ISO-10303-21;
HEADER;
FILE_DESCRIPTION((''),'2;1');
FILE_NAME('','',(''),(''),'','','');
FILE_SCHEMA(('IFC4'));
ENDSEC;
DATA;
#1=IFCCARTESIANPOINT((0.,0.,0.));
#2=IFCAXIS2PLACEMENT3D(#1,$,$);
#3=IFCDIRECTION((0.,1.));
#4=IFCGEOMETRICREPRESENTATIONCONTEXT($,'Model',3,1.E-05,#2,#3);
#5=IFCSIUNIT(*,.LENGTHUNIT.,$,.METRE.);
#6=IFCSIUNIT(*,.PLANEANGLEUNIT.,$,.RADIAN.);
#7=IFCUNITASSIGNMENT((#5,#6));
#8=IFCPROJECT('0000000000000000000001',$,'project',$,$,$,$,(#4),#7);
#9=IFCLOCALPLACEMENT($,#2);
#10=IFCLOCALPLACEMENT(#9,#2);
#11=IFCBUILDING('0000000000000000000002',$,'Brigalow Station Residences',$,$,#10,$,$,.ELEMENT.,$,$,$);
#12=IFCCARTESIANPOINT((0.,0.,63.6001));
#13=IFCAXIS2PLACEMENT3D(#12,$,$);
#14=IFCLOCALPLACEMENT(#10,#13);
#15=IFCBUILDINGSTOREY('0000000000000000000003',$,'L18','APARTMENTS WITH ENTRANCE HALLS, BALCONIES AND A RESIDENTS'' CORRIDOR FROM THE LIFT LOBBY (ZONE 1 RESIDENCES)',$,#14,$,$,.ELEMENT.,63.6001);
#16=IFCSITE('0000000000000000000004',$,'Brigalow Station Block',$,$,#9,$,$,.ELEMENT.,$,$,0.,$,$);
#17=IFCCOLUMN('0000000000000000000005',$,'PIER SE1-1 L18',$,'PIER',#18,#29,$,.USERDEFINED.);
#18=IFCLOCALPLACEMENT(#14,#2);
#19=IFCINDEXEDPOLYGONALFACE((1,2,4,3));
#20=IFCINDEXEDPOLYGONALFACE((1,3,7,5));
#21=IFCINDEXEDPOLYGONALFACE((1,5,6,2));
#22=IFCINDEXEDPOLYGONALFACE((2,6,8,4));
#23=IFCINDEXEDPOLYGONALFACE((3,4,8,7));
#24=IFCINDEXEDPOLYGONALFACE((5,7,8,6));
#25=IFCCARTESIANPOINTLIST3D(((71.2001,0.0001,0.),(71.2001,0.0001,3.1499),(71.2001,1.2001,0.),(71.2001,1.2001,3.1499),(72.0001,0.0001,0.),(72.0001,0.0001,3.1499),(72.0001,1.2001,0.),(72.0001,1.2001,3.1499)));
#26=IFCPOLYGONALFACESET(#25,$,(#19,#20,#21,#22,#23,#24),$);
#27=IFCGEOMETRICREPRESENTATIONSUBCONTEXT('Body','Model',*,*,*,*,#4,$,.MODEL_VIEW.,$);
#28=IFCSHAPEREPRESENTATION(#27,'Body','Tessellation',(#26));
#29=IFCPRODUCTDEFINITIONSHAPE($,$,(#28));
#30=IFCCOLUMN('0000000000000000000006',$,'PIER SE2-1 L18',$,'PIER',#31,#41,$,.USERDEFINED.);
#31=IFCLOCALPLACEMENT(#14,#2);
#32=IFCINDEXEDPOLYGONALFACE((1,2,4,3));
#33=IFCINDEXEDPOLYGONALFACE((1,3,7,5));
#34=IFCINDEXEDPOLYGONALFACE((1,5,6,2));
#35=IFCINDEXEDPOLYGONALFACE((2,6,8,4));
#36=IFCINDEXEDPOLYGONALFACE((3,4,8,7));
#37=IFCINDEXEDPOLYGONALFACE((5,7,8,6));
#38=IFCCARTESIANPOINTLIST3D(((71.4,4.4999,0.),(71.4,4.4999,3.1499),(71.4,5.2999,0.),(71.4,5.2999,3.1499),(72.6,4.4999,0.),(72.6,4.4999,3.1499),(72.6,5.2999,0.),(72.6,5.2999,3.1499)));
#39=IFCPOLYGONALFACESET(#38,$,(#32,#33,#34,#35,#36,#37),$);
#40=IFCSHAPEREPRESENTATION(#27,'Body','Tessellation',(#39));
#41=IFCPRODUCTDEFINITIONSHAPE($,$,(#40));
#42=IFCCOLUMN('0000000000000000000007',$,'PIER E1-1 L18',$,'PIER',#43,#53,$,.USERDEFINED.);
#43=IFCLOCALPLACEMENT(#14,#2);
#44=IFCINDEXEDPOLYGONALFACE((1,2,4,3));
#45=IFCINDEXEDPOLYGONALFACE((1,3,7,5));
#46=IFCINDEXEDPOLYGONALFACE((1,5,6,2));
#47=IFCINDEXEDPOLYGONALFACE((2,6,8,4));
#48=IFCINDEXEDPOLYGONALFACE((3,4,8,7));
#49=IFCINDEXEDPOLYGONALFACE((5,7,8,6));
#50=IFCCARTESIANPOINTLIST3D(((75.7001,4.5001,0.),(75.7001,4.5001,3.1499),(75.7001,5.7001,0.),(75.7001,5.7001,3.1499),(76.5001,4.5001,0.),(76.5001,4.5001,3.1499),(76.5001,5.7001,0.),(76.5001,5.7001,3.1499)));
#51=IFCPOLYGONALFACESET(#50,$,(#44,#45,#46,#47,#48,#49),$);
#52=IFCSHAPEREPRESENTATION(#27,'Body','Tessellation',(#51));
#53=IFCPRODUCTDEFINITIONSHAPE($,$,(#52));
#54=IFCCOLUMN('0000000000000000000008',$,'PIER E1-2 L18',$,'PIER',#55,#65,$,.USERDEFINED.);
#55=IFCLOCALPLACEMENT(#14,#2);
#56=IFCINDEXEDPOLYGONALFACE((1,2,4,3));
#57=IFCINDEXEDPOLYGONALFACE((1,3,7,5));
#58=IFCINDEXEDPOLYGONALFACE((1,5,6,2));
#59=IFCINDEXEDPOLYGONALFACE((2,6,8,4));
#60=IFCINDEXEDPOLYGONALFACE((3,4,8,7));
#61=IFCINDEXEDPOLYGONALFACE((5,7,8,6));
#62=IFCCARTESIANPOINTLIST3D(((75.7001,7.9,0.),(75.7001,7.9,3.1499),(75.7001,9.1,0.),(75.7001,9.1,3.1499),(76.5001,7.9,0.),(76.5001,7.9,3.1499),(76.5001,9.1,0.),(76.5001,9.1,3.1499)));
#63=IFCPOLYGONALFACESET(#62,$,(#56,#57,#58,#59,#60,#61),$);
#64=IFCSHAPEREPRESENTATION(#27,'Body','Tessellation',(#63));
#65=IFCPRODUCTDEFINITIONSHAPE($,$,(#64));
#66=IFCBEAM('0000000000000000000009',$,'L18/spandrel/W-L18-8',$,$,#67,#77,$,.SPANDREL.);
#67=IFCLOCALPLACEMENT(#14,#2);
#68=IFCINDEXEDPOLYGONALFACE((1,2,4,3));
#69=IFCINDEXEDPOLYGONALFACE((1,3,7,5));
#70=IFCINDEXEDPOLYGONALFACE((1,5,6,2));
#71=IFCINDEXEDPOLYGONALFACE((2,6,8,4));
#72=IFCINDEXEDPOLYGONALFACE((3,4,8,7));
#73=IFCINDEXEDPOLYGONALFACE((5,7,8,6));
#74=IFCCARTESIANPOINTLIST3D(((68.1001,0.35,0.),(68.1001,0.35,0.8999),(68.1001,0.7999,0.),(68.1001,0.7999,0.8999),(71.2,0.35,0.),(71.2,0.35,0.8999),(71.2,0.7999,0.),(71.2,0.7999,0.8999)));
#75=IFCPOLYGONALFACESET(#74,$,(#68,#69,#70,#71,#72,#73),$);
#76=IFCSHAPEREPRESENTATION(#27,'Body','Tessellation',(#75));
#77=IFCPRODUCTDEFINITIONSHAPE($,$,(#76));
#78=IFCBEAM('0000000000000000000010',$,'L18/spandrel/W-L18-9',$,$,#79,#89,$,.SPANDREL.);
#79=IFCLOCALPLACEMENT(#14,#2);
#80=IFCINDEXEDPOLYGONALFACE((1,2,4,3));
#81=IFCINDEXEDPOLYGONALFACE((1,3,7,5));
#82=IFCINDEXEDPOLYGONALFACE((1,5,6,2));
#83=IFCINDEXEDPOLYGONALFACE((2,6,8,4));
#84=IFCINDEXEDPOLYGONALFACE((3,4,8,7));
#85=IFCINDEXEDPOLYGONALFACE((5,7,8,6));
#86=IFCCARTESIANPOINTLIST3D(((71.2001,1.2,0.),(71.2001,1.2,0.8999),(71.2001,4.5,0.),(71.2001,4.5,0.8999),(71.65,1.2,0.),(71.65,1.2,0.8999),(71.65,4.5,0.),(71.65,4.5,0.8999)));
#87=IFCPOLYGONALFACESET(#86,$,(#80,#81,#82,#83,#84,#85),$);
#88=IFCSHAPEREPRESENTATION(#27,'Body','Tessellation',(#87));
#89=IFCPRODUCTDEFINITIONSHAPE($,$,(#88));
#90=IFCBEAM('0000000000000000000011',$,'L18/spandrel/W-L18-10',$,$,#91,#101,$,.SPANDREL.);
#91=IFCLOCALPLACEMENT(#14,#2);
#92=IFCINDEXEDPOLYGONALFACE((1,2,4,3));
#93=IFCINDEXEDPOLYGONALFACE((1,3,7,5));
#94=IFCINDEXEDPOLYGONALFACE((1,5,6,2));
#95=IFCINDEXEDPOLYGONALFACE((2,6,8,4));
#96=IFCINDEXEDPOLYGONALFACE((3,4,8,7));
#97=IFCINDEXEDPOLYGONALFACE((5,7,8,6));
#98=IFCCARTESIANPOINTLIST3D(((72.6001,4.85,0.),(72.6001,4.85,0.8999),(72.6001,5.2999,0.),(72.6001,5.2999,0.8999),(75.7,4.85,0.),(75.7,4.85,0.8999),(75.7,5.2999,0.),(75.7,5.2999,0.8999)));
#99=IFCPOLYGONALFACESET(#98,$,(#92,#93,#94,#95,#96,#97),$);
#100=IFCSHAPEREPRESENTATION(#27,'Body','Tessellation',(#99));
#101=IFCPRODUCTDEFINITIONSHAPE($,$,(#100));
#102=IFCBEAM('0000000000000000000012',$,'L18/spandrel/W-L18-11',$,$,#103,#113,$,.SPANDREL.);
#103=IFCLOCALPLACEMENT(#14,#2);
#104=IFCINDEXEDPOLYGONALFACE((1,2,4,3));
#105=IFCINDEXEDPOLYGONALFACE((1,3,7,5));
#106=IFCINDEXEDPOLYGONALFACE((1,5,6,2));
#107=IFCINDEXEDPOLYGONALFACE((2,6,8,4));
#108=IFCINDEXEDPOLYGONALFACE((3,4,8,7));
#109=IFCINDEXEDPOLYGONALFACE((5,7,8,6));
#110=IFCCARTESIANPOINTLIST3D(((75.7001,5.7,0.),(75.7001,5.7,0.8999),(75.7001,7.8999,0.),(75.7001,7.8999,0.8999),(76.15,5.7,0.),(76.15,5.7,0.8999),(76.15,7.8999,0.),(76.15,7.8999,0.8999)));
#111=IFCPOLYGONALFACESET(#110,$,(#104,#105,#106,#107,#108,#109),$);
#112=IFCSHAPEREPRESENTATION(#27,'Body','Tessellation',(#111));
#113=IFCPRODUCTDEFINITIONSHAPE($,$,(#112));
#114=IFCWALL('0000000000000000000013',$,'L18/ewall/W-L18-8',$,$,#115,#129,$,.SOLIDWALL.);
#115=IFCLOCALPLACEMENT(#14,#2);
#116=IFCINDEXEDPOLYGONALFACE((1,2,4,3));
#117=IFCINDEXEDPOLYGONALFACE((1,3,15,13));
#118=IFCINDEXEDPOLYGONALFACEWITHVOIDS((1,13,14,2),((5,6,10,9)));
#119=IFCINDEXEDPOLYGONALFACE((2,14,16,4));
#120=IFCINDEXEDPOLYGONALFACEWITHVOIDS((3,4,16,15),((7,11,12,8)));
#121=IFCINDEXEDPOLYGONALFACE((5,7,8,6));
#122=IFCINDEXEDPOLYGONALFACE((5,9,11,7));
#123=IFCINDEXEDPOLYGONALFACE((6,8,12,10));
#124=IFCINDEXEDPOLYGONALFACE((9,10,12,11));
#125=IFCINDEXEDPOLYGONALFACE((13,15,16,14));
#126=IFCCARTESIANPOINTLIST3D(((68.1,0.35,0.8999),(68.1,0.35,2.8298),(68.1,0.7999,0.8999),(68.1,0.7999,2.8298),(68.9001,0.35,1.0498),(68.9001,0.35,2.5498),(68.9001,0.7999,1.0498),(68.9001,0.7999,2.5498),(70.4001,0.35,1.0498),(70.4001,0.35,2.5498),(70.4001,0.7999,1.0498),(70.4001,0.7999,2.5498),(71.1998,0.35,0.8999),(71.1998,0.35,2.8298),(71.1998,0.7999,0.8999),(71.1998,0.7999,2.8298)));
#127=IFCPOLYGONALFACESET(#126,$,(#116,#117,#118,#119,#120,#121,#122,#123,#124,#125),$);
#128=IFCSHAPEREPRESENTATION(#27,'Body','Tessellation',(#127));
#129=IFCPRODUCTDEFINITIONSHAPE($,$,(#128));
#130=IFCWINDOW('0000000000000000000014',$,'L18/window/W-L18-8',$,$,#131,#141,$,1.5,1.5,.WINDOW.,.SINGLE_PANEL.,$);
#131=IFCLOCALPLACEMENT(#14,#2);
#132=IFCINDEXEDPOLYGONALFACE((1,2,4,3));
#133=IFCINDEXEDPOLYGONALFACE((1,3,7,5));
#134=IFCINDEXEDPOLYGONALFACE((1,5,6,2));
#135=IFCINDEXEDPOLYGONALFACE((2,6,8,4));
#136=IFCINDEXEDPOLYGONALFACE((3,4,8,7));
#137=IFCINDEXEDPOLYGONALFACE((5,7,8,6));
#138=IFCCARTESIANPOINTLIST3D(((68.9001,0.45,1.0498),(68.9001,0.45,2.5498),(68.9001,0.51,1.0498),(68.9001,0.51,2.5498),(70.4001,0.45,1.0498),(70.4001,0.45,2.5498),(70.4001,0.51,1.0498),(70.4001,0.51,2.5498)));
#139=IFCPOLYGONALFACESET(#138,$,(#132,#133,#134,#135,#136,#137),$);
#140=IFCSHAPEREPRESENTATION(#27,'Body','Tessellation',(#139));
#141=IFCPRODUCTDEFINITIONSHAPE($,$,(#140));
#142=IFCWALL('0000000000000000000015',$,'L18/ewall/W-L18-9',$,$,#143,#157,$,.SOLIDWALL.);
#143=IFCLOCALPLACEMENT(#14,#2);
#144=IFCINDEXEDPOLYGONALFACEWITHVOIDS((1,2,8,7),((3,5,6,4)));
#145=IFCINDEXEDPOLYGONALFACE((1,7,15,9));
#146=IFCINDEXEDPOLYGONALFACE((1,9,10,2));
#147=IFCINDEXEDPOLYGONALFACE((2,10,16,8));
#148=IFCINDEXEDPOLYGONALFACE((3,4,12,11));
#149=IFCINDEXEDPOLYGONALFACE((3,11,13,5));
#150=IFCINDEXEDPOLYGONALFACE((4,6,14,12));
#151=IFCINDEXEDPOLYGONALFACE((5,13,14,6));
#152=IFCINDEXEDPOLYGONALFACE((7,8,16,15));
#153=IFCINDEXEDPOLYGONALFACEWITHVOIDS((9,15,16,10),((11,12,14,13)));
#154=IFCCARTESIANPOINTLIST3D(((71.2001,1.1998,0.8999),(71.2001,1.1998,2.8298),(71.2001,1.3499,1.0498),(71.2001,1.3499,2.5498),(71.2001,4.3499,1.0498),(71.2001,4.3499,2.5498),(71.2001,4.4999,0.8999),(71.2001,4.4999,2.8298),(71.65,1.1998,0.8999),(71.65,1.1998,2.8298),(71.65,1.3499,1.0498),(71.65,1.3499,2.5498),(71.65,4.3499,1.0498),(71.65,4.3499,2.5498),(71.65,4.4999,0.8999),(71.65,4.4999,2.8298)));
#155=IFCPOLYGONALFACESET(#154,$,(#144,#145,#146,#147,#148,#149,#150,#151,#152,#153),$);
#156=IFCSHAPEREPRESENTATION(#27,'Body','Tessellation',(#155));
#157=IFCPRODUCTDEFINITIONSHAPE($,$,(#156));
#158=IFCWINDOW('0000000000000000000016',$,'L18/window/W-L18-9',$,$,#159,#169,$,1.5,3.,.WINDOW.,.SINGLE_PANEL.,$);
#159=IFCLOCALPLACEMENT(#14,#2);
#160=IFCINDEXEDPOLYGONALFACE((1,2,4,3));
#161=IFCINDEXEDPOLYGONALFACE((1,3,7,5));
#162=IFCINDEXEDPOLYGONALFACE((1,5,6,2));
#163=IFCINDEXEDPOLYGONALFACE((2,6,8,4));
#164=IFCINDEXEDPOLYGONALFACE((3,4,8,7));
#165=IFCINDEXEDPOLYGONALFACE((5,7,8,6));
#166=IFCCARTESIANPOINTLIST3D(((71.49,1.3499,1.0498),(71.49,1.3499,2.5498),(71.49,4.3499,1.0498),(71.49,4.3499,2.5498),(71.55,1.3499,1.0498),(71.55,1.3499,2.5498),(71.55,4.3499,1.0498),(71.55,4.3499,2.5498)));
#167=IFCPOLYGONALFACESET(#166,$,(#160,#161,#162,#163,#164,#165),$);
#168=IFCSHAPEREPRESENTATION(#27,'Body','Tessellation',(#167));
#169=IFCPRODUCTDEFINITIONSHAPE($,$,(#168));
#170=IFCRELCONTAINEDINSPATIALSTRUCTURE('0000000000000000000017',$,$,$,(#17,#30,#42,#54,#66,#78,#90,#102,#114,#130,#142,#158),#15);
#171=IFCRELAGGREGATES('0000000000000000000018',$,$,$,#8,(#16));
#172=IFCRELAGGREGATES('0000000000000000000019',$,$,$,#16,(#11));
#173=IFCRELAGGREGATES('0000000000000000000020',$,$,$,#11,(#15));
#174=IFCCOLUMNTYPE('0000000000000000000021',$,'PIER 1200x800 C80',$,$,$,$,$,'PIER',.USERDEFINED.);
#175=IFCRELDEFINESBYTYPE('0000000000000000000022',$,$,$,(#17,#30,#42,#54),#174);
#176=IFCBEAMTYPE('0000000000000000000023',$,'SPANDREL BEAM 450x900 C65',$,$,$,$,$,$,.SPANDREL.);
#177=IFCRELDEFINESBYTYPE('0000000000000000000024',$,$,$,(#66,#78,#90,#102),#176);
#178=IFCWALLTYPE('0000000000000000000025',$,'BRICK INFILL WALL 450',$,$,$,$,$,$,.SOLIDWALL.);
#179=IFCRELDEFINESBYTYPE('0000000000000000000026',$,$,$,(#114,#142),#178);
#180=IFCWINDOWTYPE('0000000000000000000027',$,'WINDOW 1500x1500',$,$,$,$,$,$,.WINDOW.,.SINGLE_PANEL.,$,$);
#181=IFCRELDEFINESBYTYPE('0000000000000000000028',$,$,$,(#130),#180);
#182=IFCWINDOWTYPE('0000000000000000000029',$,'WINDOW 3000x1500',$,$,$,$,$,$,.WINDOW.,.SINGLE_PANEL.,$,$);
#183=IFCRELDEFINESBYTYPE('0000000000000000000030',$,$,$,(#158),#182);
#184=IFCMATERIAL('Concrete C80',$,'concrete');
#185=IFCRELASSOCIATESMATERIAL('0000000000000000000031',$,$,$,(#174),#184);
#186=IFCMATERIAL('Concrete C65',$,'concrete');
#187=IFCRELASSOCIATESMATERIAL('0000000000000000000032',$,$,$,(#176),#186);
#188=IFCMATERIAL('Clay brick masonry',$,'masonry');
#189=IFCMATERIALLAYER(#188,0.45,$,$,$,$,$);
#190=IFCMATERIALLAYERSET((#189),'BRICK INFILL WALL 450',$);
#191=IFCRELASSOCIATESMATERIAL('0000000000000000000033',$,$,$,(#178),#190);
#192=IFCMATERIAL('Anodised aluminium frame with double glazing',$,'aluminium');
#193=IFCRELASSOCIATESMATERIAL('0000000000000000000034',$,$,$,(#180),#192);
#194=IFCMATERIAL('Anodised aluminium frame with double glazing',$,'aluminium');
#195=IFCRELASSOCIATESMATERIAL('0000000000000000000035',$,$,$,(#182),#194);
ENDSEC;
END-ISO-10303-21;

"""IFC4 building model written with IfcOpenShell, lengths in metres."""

from ifc_helpers import new_model, si_unit, direction, frame, frame_2d, origin, origin_2d, place, context, subcontext, project, spatial, rectangle, extrude, material, layer, layer_set, material_profile, profile_set, type_object, element, fill, save


model = new_model("IFC4")

# Units and contexts
model_context = context("Model", 3, precision=1e-05, world=origin(), true_north=direction((0.0, 1.0)))
body_context = subcontext(model_context, "Body", "Model", "MODEL_VIEW")
ifc_project = project(units=[si_unit("LENGTHUNIT", "METRE"), si_unit("PLANEANGLEUNIT", "RADIAN")], contexts=[model_context])

# Site, building, storey
site_placement = place(None, origin())
site = spatial("IfcSite", under=ifc_project, at=site_placement, Name="Brigalow Station Block", CompositionType="ELEMENT", RefElevation=0.0)
building_placement = place(site_placement, origin())
building = spatial("IfcBuilding", under=site, at=building_placement, Name="Brigalow Station Residences", CompositionType="ELEMENT")
storey_placement = place(building_placement, frame((0.0, 0.0, 63.6001)))
storey = spatial("IfcBuildingStorey", under=building, at=storey_placement, Name="L18", Description="APARTMENTS WITH ENTRANCE HALLS, BALCONIES AND A RESIDENTS' CORRIDOR FROM THE LIFT LOBBY (ZONE 1 RESIDENCES)", CompositionType="ELEMENT", Elevation=63.6001)

# Columns
ifc_material_1 = material(Name="Concrete C80", Category="concrete")
ifc_material_profile_1 = material_profile(ifc_material_1, rectangle(XDim=1.2, YDim=0.8, at=origin_2d()), Name="RC1200x800")
ifc_profile_set_1 = profile_set([ifc_material_profile_1], Name="Concrete C80")
column_type = type_object("IfcColumnType", Name="PIER 1200x800 C80", ElementType="PIER", PredefinedType="USERDEFINED", material=ifc_profile_set_1)
for number, where, z_axis, x_axis, name in (
    (1, (71.6001, 0.6001, 0.0), (0.0, 0.0, 1.0), (0.0, 1.0, 0.0), "PIER SE1-1 L18"),
    (2, (72.0, 4.8999, 0.0), (0.0, 0.0, 1.0), (1.0, 0.0, 0.0), "PIER SE2-1 L18"),
    (3, (76.1001, 5.1001, 0.0), (0.0, 0.0, 1.0), (0.0, 1.0, 0.0), "PIER E1-1 L18"),
    (4, (76.1001, 8.5, 0.0), (0.0, 0.0, 1.0), (0.0, 1.0, 0.0), "PIER E1-2 L18"),
):
    element("IfcColumn", number, at=place(storey_placement, frame(where, z_axis=z_axis, x_axis=x_axis)), inside=storey, type_object=column_type, Name=name, ObjectType="PIER", PredefinedType="USERDEFINED", context=body_context, shape_type="SweptSolid", body=[
        extrude(rectangle(XDim=1.2, YDim=0.8, at=origin_2d()), origin(), (0.0, 0.0, 1.0), 3.1499),
    ])

# Beams
ifc_material_2 = material(Name="Concrete C65", Category="concrete")
ifc_material_profile_2 = material_profile(ifc_material_2, rectangle(XDim=0.45, YDim=0.8999, at=origin_2d()), Name="RC450x900")
ifc_profile_set_2 = profile_set([ifc_material_profile_2], Name="Concrete C65")
beam_type = type_object("IfcBeamType", Name="SPANDREL BEAM 450x900 C65", PredefinedType="SPANDREL", material=ifc_profile_set_2)
beam_1_placement = place(storey_placement, frame((68.1001, 0.575, 0.45), z_axis=(1.0, 0.0, 0.0), x_axis=(0.0, 1.0, 0.0)))
element("IfcBeam", 5, at=beam_1_placement, inside=storey, type_object=beam_type, Name="L18/spandrel/W-L18-8", PredefinedType="SPANDREL", context=body_context, shape_type="SweptSolid", body=[
    extrude(rectangle(XDim=0.45, YDim=0.8999, at=origin_2d()), origin(), (0.0, 0.0, 1.0), 3.0999),
])
beam_2_placement = place(storey_placement, frame((71.425, 1.2, 0.45), z_axis=(0.0, 1.0, 0.0), x_axis=(-1.0, 0.0, 0.0)))
element("IfcBeam", 6, at=beam_2_placement, inside=storey, type_object=beam_type, Name="L18/spandrel/W-L18-9", PredefinedType="SPANDREL", context=body_context, shape_type="SweptSolid", body=[
    extrude(rectangle(XDim=0.45, YDim=0.8999, at=origin_2d()), origin(), (0.0, 0.0, 1.0), 3.3),
])
beam_3_placement = place(storey_placement, frame((72.6001, 5.075, 0.45), z_axis=(1.0, 0.0, 0.0), x_axis=(0.0, 1.0, 0.0)))
element("IfcBeam", 7, at=beam_3_placement, inside=storey, type_object=beam_type, Name="L18/spandrel/W-L18-10", PredefinedType="SPANDREL", context=body_context, shape_type="SweptSolid", body=[
    extrude(rectangle(XDim=0.45, YDim=0.8999, at=origin_2d()), origin(), (0.0, 0.0, 1.0), 3.0999),
])
beam_4_placement = place(storey_placement, frame((75.925, 5.7, 0.45), z_axis=(0.0, 1.0, 0.0), x_axis=(-1.0, 0.0, 0.0)))
element("IfcBeam", 8, at=beam_4_placement, inside=storey, type_object=beam_type, Name="L18/spandrel/W-L18-11", PredefinedType="SPANDREL", context=body_context, shape_type="SweptSolid", body=[
    extrude(rectangle(XDim=0.45, YDim=0.8999, at=origin_2d()), origin(), (0.0, 0.0, 1.0), 2.2),
])

# Walls, openings, windows
ifc_material_3 = material(Name="Clay brick masonry", Category="masonry")
ifc_layer_1 = layer(ifc_material_3, 0.45)
ifc_layer_set_1 = layer_set([ifc_layer_1], Name="BRICK INFILL WALL 450")
wall_type_1 = type_object("IfcWallType", Name="BRICK INFILL WALL 450", PredefinedType="SOLIDWALL", material=ifc_layer_set_1)
wall_1_placement = place(storey_placement, frame((68.1001, 0.575, 0.8999), z_axis=(0.0, 0.0, 1.0), x_axis=(1.0, 0.0, 0.0)))
wall_1 = element("IfcWall", 9, at=wall_1_placement, inside=storey, type_object=wall_type_1, Name="L18/ewall/W-L18-8", PredefinedType="SOLIDWALL", context=body_context, shape_type="SweptSolid", body=[
    extrude(rectangle(XDim=3.0999, YDim=0.45, at=frame_2d((1.5498, 0.0))), origin(), (0.0, 0.0, 1.0), 1.9299),
])
opening_1_placement = place(wall_1_placement, frame((0.8, 0.0, 0.1499)))
opening_1 = element("IfcOpeningElement", 10, at=opening_1_placement, cuts=wall_1, PredefinedType="OPENING", context=body_context, shape_type="SweptSolid", body=[
    extrude(rectangle(XDim=1.5, YDim=1.5, at=frame_2d((0.75, 0.75))), frame((0.0, 0.2349, 0.0), z_axis=(0.0, -1.0, 0.0), x_axis=(1.0, 0.0, 0.0)), (0.0, 0.0, 1.0), 0.47),
])
ifc_material_4 = material(Name="Anodised aluminium frame with double glazing", Category="aluminium")
window_type_1 = type_object("IfcWindowType", Name="WINDOW 1500x1500", PartitioningType="SINGLE_PANEL", PredefinedType="WINDOW", material=ifc_material_4)
window_1_placement = place(opening_1_placement, origin())
window_1 = element("IfcWindow", 11, at=window_1_placement, inside=storey, type_object=window_type_1, Name="L18/window/W-L18-8", OverallHeight=1.5, OverallWidth=1.5, PartitioningType="SINGLE_PANEL", PredefinedType="WINDOW", context=body_context, shape_type="SweptSolid", body=[
    extrude(rectangle(XDim=1.5, YDim=1.5, at=frame_2d((0.75, 0.75))), frame((0.0, -0.0649, 0.0), z_axis=(0.0, -1.0, 0.0), x_axis=(1.0, 0.0, 0.0)), (0.0, 0.0, 1.0), 0.0601),
])
fill(opening_1, window_1)
wall_2_placement = place(storey_placement, frame((71.425, 1.2, 0.8999), z_axis=(0.0, 0.0, 1.0), x_axis=(0.0, 1.0, 0.0)))
wall_2 = element("IfcWall", 12, at=wall_2_placement, inside=storey, type_object=wall_type_1, Name="L18/ewall/W-L18-9", PredefinedType="SOLIDWALL", context=body_context, shape_type="SweptSolid", body=[
    extrude(rectangle(XDim=3.3, YDim=0.45, at=frame_2d((1.6499, 0.0))), origin(), (0.0, 0.0, 1.0), 1.9299),
])
opening_2_placement = place(wall_2_placement, frame((0.1499, 0.0, 0.1499)))
opening_2 = element("IfcOpeningElement", 13, at=opening_2_placement, cuts=wall_2, PredefinedType="OPENING", context=body_context, shape_type="SweptSolid", body=[
    extrude(rectangle(XDim=3.0, YDim=1.5, at=frame_2d((1.5, 0.75))), frame((0.0, 0.2349, 0.0), z_axis=(0.0, -1.0, 0.0), x_axis=(1.0, 0.0, 0.0)), (0.0, 0.0, 1.0), 0.47),
])
ifc_material_5 = material(Name="Anodised aluminium frame with double glazing", Category="aluminium")
window_type_2 = type_object("IfcWindowType", Name="WINDOW 3000x1500", PartitioningType="SINGLE_PANEL", PredefinedType="WINDOW", material=ifc_material_5)
window_2_placement = place(opening_2_placement, origin())
window_2 = element("IfcWindow", 14, at=window_2_placement, inside=storey, type_object=window_type_2, Name="L18/window/W-L18-9", OverallHeight=1.5, OverallWidth=3.0, PartitioningType="SINGLE_PANEL", PredefinedType="WINDOW", context=body_context, shape_type="SweptSolid", body=[
    extrude(rectangle(XDim=3.0, YDim=1.5, at=frame_2d((1.5, 0.75))), frame((0.0, -0.0649, 0.0), z_axis=(0.0, -1.0, 0.0), x_axis=(1.0, 0.0, 0.0)), (0.0, 0.0, 1.0), 0.0601),
])
fill(opening_2, window_2)

save(model, "model.ifc")
